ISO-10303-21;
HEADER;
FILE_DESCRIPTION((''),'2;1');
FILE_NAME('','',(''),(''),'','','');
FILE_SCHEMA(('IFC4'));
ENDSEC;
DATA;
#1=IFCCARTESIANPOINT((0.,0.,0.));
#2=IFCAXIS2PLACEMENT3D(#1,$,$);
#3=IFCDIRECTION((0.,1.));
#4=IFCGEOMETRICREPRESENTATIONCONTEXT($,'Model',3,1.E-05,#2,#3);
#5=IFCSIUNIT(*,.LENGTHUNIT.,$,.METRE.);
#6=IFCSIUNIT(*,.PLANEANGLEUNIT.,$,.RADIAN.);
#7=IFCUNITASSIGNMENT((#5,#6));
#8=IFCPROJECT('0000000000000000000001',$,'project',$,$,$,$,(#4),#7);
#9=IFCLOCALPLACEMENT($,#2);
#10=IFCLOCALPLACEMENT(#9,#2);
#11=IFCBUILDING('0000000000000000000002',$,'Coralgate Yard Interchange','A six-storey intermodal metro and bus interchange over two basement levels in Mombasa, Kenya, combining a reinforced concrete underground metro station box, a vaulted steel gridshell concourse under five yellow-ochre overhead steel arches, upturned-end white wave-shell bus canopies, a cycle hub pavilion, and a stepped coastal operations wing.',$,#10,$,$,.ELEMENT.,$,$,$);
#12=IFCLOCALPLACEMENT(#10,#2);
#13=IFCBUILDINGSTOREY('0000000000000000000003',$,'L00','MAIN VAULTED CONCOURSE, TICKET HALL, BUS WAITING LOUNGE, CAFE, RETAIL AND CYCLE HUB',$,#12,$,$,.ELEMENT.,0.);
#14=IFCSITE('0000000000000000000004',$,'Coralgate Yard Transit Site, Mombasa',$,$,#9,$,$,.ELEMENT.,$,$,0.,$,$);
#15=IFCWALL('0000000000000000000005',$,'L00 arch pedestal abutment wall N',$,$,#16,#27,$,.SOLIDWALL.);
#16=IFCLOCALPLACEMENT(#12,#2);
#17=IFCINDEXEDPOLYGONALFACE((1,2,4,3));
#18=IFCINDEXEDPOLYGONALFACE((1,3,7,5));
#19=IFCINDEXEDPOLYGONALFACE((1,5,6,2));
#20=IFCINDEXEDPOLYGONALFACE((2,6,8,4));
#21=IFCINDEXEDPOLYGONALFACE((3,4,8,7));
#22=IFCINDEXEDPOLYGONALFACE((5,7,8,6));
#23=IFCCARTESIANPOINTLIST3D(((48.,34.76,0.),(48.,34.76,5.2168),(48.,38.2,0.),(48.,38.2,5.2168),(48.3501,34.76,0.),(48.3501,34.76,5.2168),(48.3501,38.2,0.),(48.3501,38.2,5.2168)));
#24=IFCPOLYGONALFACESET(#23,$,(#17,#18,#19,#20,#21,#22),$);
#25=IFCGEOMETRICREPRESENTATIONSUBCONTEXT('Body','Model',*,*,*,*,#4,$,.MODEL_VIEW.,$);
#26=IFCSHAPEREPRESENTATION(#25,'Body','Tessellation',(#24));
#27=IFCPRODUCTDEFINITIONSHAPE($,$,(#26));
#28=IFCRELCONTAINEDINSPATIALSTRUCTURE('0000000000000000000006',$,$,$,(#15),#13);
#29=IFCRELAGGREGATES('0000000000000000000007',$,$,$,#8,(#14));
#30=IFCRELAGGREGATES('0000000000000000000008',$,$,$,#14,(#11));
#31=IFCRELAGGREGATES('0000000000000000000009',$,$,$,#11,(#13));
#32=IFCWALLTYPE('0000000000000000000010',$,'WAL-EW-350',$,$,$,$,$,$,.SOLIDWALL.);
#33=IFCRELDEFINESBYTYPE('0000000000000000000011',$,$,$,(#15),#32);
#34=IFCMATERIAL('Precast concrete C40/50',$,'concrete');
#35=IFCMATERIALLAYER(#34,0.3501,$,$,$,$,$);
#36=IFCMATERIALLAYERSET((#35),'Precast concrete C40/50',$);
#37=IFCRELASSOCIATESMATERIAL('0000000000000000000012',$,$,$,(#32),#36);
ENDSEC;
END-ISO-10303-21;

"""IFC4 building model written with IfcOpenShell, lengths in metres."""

from ifc_helpers import new_model, si_unit, direction, frame, frame_2d, origin, place, context, subcontext, project, spatial, rectangle, extrude, material, layer, layer_set, type_object, element, save


model = new_model("IFC4")

# Units and contexts
model_context = context("Model", 3, precision=1e-05, world=origin(), true_north=direction((0.0, 1.0)))
body_context = subcontext(model_context, "Body", "Model", "MODEL_VIEW")
ifc_project = project(units=[si_unit("LENGTHUNIT", "METRE"), si_unit("PLANEANGLEUNIT", "RADIAN")], contexts=[model_context])

# Site, building, storey
site_placement = place(None, origin())
site = spatial("IfcSite", under=ifc_project, at=site_placement, Name="Coralgate Yard Transit Site, Mombasa", CompositionType="ELEMENT", RefElevation=0.0)
building_placement = place(site_placement, origin())
building = spatial("IfcBuilding", under=site, at=building_placement, Name="Coralgate Yard Interchange", Description="A six-storey intermodal metro and bus interchange over two basement levels in Mombasa, Kenya, combining a reinforced concrete underground metro station box, a vaulted steel gridshell concourse under five yellow-ochre overhead steel arches, upturned-end white wave-shell bus canopies, a cycle hub pavilion, and a stepped coastal operations wing.", CompositionType="ELEMENT")
storey_placement = place(building_placement, origin())
storey = spatial("IfcBuildingStorey", under=building, at=storey_placement, Name="L00", Description="MAIN VAULTED CONCOURSE, TICKET HALL, BUS WAITING LOUNGE, CAFE, RETAIL AND CYCLE HUB", CompositionType="ELEMENT", Elevation=0.0)

# Wall
ifc_material_1 = material(Name="Precast concrete C40/50", Category="concrete")
ifc_layer_1 = layer(ifc_material_1, 0.3501)
ifc_layer_set_1 = layer_set([ifc_layer_1], Name="Precast concrete C40/50")
wall_type = type_object("IfcWallType", Name="WAL-EW-350", PredefinedType="SOLIDWALL", material=ifc_layer_set_1)
wall_placement = place(storey_placement, frame((48.175, 34.76, 0.0), z_axis=(0.0, 0.0, 1.0), x_axis=(0.0, 1.0, 0.0)))
element("IfcWall", 1, at=wall_placement, inside=storey, type_object=wall_type, Name="L00 arch pedestal abutment wall N", PredefinedType="SOLIDWALL", context=body_context, shape_type="SweptSolid", body=[
    extrude(rectangle(XDim=3.4399, YDim=0.3501, at=frame_2d((1.72, 0.0))), origin(), (0.0, 0.0, 1.0), 5.2168),
])

save(model, "model.ifc")
